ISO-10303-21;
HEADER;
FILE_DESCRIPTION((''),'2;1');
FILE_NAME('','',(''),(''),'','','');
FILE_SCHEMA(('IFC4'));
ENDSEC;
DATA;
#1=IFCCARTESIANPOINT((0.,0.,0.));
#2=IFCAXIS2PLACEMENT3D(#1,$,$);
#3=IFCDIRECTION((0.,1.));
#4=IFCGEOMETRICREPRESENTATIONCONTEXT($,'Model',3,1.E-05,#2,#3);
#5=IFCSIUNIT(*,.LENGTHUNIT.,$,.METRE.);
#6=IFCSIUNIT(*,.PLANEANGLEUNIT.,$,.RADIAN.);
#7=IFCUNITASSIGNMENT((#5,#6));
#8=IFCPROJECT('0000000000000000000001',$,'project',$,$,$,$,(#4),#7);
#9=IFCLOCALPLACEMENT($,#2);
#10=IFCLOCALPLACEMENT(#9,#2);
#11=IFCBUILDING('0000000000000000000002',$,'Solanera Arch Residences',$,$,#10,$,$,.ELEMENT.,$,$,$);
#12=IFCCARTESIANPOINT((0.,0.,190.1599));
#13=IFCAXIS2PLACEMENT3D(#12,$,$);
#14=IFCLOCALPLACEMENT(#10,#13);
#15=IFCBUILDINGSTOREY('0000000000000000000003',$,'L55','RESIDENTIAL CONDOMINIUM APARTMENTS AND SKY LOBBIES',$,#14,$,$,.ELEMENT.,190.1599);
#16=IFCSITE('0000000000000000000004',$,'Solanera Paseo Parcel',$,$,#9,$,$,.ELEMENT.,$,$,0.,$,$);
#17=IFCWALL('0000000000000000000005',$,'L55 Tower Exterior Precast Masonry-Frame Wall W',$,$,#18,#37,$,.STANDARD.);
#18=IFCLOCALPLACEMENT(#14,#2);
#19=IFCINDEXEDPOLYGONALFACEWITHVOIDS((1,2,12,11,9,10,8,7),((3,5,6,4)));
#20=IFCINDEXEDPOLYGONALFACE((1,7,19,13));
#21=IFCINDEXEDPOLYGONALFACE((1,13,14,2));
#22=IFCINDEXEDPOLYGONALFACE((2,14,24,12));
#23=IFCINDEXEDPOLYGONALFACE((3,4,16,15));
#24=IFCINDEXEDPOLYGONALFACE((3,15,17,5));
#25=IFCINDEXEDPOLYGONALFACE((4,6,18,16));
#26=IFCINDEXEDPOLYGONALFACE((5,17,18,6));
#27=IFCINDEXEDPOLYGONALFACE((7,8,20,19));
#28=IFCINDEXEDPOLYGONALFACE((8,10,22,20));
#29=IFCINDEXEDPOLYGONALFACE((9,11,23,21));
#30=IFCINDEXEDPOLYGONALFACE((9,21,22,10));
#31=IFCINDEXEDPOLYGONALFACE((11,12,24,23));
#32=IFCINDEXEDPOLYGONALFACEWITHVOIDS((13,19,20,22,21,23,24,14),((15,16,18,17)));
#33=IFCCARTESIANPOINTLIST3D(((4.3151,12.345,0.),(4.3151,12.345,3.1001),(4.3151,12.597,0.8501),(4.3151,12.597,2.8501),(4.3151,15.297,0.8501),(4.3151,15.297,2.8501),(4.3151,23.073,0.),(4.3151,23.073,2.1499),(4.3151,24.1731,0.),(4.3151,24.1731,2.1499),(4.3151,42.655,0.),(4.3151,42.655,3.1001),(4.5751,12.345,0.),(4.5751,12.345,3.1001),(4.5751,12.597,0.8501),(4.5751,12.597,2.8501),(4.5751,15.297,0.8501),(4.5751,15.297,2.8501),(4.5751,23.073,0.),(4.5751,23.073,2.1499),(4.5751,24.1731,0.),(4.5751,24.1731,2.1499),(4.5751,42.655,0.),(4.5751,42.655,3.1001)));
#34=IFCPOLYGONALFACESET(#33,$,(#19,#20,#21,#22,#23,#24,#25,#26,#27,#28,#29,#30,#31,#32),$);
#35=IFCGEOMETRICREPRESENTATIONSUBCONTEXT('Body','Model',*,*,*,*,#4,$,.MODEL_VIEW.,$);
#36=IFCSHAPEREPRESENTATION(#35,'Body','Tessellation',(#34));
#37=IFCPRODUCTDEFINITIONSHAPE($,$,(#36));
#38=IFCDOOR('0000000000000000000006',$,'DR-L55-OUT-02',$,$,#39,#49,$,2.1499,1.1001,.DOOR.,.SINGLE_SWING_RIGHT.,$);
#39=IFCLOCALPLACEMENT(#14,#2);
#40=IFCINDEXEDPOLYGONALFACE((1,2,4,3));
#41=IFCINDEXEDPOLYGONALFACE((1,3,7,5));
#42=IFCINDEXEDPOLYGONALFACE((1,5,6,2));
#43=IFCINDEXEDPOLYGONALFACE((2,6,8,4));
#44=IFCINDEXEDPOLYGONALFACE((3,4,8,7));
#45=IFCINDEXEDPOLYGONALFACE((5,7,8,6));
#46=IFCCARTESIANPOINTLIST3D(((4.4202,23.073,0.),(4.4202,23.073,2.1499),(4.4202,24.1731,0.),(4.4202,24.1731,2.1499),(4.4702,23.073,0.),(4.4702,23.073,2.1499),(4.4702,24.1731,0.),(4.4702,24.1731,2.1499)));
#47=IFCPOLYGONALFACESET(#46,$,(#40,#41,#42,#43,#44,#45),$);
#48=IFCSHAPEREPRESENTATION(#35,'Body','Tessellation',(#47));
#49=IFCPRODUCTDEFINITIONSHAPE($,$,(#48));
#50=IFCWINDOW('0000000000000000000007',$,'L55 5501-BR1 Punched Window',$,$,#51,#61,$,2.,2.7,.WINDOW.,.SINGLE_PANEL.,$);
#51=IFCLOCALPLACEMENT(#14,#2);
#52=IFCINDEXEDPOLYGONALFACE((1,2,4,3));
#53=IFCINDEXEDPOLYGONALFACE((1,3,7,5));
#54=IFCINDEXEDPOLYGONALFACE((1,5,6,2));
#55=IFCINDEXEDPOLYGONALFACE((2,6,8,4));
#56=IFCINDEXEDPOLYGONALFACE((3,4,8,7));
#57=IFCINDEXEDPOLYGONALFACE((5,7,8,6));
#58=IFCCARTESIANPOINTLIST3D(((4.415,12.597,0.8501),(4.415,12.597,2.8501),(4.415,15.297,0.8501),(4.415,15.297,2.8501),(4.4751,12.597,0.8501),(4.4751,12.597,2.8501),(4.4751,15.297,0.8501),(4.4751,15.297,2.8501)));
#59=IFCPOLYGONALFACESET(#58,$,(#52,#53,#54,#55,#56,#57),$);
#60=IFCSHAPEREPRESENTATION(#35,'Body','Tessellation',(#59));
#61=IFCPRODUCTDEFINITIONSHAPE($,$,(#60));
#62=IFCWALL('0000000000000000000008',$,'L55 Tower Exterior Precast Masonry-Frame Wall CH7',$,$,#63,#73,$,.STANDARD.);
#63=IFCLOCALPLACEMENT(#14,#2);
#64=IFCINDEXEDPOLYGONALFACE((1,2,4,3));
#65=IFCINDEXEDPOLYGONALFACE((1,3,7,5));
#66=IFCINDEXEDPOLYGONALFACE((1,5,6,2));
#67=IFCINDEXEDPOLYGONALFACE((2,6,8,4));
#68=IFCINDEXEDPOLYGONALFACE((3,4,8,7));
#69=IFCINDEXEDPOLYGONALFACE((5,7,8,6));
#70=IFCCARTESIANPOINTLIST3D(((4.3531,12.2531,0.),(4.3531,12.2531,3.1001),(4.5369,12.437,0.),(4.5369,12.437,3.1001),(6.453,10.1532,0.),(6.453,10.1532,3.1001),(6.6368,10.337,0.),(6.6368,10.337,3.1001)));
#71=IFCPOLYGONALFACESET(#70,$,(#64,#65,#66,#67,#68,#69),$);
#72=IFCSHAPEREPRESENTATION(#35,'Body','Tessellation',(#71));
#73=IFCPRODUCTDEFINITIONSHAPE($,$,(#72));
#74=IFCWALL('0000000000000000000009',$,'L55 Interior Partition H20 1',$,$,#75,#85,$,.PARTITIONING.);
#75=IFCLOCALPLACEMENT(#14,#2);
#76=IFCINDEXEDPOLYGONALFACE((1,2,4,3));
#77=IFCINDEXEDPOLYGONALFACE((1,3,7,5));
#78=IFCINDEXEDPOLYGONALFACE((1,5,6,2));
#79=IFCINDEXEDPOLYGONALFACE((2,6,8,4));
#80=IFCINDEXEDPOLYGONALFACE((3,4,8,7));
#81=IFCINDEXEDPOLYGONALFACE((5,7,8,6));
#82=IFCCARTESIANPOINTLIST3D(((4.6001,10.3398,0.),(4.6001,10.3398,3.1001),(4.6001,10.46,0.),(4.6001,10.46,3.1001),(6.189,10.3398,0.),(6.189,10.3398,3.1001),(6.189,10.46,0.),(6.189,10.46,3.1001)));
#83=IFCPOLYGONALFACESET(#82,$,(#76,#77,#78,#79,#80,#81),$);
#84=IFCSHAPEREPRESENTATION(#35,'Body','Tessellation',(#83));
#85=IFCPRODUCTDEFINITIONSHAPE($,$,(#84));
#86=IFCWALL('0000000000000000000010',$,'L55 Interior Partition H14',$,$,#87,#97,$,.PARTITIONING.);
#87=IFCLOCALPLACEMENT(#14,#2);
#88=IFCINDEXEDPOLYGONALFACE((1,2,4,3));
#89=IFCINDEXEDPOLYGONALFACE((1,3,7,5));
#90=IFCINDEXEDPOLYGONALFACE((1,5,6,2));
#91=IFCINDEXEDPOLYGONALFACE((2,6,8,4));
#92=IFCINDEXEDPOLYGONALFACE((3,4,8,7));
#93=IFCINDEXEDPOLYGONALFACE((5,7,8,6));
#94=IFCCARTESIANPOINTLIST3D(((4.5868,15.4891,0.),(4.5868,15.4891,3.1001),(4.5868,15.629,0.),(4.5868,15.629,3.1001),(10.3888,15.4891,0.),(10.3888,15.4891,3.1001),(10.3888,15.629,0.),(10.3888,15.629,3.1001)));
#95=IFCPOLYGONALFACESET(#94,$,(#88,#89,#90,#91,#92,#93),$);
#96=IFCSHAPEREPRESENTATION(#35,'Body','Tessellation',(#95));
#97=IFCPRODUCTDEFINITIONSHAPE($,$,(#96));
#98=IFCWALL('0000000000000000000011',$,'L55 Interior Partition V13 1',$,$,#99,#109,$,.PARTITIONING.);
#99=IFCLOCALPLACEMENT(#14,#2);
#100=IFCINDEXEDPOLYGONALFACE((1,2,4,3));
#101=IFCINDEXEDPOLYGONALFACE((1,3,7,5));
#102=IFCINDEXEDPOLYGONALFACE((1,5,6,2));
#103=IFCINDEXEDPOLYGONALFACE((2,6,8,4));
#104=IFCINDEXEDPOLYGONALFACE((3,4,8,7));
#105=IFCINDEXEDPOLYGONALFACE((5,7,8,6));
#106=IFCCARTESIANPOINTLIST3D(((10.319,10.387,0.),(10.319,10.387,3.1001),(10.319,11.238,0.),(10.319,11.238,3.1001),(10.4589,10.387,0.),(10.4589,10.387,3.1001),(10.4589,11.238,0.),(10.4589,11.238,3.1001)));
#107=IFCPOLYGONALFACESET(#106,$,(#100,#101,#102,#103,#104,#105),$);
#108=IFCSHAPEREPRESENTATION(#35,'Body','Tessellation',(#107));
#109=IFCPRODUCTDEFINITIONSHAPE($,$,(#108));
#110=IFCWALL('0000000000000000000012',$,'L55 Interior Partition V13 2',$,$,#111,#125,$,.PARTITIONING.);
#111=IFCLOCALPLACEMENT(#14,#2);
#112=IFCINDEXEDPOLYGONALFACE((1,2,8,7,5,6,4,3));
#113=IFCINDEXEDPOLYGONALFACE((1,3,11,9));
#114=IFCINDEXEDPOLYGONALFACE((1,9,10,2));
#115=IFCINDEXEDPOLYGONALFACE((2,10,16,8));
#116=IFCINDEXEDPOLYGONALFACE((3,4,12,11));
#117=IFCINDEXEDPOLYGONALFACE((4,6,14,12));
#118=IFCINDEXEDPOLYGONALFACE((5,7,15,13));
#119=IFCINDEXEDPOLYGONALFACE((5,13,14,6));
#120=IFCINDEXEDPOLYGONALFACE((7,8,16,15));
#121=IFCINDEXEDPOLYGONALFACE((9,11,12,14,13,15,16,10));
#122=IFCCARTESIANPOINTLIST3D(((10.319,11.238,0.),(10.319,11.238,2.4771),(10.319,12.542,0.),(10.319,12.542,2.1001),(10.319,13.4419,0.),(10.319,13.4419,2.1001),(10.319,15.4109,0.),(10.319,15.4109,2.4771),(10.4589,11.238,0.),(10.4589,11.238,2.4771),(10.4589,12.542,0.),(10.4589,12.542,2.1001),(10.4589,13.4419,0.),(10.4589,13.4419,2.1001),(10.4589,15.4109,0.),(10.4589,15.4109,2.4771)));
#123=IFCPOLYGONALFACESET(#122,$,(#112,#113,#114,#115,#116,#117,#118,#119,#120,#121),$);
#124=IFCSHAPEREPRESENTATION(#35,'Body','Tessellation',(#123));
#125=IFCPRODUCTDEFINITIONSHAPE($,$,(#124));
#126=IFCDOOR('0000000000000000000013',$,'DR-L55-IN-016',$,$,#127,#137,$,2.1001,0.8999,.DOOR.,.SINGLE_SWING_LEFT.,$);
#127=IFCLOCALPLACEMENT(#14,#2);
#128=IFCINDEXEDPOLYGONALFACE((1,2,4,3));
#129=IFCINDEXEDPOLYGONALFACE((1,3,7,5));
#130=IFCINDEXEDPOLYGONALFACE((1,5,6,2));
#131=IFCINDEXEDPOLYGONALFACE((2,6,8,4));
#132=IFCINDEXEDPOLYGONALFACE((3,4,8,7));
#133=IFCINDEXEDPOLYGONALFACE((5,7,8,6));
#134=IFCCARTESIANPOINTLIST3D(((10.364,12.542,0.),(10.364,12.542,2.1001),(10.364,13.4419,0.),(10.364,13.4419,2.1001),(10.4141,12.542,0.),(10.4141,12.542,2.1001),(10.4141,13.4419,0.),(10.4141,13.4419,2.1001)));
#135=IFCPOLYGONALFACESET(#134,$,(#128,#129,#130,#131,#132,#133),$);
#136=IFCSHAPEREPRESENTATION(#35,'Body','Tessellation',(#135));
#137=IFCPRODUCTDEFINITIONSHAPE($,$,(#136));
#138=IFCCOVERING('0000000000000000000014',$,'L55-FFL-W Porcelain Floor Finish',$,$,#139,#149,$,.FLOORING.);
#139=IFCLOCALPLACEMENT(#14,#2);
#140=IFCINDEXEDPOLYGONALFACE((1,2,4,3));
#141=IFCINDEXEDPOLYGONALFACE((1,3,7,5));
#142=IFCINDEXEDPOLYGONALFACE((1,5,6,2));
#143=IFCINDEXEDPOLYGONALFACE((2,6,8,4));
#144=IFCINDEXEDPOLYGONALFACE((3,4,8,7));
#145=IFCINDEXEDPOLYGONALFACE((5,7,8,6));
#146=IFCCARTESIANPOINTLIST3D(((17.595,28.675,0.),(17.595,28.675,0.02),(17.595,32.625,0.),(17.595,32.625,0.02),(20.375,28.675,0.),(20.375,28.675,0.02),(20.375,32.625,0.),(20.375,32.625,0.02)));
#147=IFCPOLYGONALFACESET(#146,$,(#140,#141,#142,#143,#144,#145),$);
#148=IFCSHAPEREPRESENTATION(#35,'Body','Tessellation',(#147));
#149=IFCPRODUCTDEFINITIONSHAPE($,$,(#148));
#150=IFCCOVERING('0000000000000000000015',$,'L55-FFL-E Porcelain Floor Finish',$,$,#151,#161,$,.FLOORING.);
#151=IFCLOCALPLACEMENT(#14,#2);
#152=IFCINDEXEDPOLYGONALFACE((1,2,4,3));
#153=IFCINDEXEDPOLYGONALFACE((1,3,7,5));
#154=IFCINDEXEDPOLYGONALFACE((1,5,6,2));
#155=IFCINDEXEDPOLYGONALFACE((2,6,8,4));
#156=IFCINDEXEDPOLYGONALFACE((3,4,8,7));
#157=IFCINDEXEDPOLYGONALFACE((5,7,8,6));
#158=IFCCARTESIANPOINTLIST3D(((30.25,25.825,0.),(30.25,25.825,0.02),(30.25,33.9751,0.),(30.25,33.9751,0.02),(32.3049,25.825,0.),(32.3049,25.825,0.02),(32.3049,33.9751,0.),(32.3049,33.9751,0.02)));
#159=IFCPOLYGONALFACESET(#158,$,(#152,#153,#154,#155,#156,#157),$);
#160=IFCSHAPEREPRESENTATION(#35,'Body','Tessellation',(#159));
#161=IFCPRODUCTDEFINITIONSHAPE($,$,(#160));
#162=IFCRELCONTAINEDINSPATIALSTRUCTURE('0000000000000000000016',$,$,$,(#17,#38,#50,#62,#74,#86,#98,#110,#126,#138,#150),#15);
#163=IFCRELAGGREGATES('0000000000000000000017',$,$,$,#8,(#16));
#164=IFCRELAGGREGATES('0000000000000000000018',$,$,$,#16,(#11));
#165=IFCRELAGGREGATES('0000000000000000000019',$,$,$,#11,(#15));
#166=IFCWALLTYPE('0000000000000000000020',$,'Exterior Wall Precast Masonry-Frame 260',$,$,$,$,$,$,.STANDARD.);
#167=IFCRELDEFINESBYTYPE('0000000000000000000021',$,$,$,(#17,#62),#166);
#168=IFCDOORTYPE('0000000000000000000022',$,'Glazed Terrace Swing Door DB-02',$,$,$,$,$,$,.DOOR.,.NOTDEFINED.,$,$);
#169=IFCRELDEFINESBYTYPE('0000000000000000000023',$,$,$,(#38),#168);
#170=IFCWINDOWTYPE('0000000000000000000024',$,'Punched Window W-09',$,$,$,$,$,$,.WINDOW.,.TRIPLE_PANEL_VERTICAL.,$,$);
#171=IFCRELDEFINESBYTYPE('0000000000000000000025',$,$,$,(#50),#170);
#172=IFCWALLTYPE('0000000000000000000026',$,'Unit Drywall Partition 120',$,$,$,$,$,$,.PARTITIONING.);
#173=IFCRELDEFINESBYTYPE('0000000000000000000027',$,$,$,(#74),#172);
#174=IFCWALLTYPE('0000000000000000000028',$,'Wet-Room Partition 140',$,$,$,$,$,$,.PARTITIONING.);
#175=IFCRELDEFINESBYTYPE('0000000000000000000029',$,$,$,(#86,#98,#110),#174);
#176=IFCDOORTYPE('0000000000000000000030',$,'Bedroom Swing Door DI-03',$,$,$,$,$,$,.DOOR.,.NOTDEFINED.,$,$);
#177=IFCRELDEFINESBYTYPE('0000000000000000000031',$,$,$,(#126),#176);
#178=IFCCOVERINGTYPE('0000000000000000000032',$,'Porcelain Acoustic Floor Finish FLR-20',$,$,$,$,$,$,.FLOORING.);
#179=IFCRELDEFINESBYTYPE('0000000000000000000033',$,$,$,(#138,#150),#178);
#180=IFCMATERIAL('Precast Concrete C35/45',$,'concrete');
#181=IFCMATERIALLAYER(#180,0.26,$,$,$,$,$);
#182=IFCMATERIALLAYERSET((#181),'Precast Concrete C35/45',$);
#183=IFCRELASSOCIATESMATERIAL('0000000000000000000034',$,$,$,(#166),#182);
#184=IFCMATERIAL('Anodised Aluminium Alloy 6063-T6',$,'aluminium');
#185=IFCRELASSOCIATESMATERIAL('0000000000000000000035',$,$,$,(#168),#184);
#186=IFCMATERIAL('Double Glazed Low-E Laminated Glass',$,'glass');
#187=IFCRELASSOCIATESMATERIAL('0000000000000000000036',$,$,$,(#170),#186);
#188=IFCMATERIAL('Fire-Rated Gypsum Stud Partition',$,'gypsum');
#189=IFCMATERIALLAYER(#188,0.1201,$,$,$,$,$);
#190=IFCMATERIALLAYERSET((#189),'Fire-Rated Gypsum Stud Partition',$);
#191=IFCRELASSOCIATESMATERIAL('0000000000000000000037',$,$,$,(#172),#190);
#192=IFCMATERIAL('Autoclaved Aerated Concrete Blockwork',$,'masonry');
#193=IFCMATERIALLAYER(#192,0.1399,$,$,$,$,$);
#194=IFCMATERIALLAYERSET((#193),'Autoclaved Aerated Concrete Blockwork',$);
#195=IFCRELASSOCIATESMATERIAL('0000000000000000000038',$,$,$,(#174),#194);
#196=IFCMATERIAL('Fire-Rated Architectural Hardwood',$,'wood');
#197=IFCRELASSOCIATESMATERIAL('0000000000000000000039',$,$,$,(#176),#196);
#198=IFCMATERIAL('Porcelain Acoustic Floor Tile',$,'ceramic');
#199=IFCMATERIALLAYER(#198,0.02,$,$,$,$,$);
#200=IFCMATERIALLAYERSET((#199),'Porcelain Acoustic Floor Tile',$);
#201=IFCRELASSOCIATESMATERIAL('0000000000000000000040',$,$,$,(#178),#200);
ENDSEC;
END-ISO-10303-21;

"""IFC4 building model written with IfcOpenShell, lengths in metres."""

from ifc_helpers import new_model, si_unit, direction, frame, frame_2d, origin, place, context, subcontext, project, spatial, polyline, rectangle, outline, extrude, material, layer, layer_set, type_object, element, fill, save


model = new_model("IFC4")

# Units and contexts
model_context = context("Model", 3, precision=1e-05, world=origin(), true_north=direction((0.0, 1.0)))
body_context = subcontext(model_context, "Body", "Model", "MODEL_VIEW")
ifc_project = project(units=[si_unit("LENGTHUNIT", "METRE"), si_unit("PLANEANGLEUNIT", "RADIAN")], contexts=[model_context])

# Site, building, storey
site_placement = place(None, origin())
site = spatial("IfcSite", under=ifc_project, at=site_placement, Name="Solanera Paseo Parcel", CompositionType="ELEMENT", RefElevation=0.0)
building_placement = place(site_placement, origin())
building = spatial("IfcBuilding", under=site, at=building_placement, Name="Solanera Arch Residences", CompositionType="ELEMENT")
storey_placement = place(building_placement, frame((0.0, 0.0, 190.1599)))
storey = spatial("IfcBuildingStorey", under=building, at=storey_placement, Name="L55", Description="RESIDENTIAL CONDOMINIUM APARTMENTS AND SKY LOBBIES", CompositionType="ELEMENT", Elevation=190.1599)

# Wall, openings, door, window
ifc_material_1 = material(Name="Precast Concrete C35/45", Category="concrete")
ifc_layer_1 = layer(ifc_material_1, 0.26)
ifc_layer_set_1 = layer_set([ifc_layer_1], Name="Precast Concrete C35/45")
wall_type_1 = type_object("IfcWallType", Name="Exterior Wall Precast Masonry-Frame 260", PredefinedType="STANDARD", material=ifc_layer_set_1)
wall_1_placement = place(storey_placement, frame((4.4451, 12.345, 0.0), z_axis=(0.0, 0.0, 1.0), x_axis=(0.0, 1.0, 0.0)))
wall_1 = element("IfcWall", 1, at=wall_1_placement, inside=storey, type_object=wall_type_1, Name="L55 Tower Exterior Precast Masonry-Frame Wall W", PredefinedType="STANDARD", context=body_context, shape_type="SweptSolid", body=[
    extrude(rectangle(XDim=30.3101, YDim=0.26, at=frame_2d((15.155, 0.0))), origin(), (0.0, 0.0, 1.0), 3.1001),
])
opening_1_placement = place(wall_1_placement, frame((10.728, 0.0, 0.0)))
opening_1 = element("IfcOpeningElement", 2, at=opening_1_placement, cuts=wall_1, PredefinedType="OPENING", context=body_context, shape_type="SweptSolid", body=[
    extrude(rectangle(XDim=1.1001, YDim=2.1499, at=frame_2d((0.55, 1.075))), frame((0.0, 0.1399, 0.0), z_axis=(0.0, -1.0, 0.0), x_axis=(1.0, 0.0, 0.0)), (0.0, 0.0, 1.0), 0.28),
])
opening_2_placement = place(wall_1_placement, frame((0.252, 0.0, 0.8501)))
opening_2 = element("IfcOpeningElement", 3, at=opening_2_placement, cuts=wall_1, PredefinedType="OPENING", context=body_context, shape_type="SweptSolid", body=[
    extrude(rectangle(XDim=2.7, YDim=2.0, at=frame_2d((1.3501, 1.0))), frame((0.0, 0.1399, 0.0), z_axis=(0.0, -1.0, 0.0), x_axis=(1.0, 0.0, 0.0)), (0.0, 0.0, 1.0), 0.28),
])
ifc_material_2 = material(Name="Anodised Aluminium Alloy 6063-T6", Category="aluminium")
door_type_1 = type_object("IfcDoorType", Name="Glazed Terrace Swing Door DB-02", OperationType="NOTDEFINED", PredefinedType="DOOR", material=ifc_material_2)
door_1_placement = place(opening_1_placement, origin())
door_1 = element("IfcDoor", 4, at=door_1_placement, inside=storey, type_object=door_type_1, Name="DR-L55-OUT-02", OperationType="SINGLE_SWING_RIGHT", OverallHeight=2.1499, OverallWidth=1.1001, PredefinedType="DOOR", context=body_context, shape_type="SweptSolid", body=[
    extrude(rectangle(XDim=1.1001, YDim=2.1499, at=frame_2d((0.55, 1.075))), frame((0.0, 0.0249, 0.0), z_axis=(0.0, -1.0, 0.0), x_axis=(1.0, 0.0, 0.0)), (0.0, 0.0, 1.0), 0.05),
])
fill(opening_1, door_1)
ifc_material_3 = material(Name="Double Glazed Low-E Laminated Glass", Category="glass")
window_type = type_object("IfcWindowType", Name="Punched Window W-09", PartitioningType="TRIPLE_PANEL_VERTICAL", PredefinedType="WINDOW", material=ifc_material_3)
window_placement = place(opening_2_placement, origin())
window = element("IfcWindow", 5, at=window_placement, inside=storey, type_object=window_type, Name="L55 5501-BR1 Punched Window", OverallHeight=2.0, OverallWidth=2.7, PartitioningType="SINGLE_PANEL", PredefinedType="WINDOW", context=body_context, shape_type="SweptSolid", body=[
    extrude(rectangle(XDim=2.7, YDim=2.0, at=frame_2d((1.3501, 1.0))), frame((0.0, 0.03, 0.0), z_axis=(0.0, -1.0, 0.0), x_axis=(1.0, 0.0, 0.0)), (0.0, 0.0, 1.0), 0.0601),
])
fill(opening_2, window)

# Walls
wall_2_placement = place(storey_placement, frame((6.5449, 10.2451, 0.0), z_axis=(0.0, 0.0, 1.0), x_axis=(-0.707107, 0.707107, 0.0)))
element("IfcWall", 6, at=wall_2_placement, inside=storey, type_object=wall_type_1, Name="L55 Tower Exterior Precast Masonry-Frame Wall CH7", PredefinedType="STANDARD", context=body_context, shape_type="SweptSolid", body=[
    extrude(rectangle(XDim=2.9697, YDim=0.26, at=frame_2d((1.4849, 0.0))), origin(), (0.0, 0.0, 1.0), 3.1001),
])
ifc_material_4 = material(Name="Fire-Rated Gypsum Stud Partition", Category="gypsum")
ifc_layer_2 = layer(ifc_material_4, 0.1201)
ifc_layer_set_2 = layer_set([ifc_layer_2], Name="Fire-Rated Gypsum Stud Partition")
wall_type_2 = type_object("IfcWallType", Name="Unit Drywall Partition 120", PredefinedType="PARTITIONING", material=ifc_layer_set_2)
wall_3_placement = place(storey_placement, frame((4.6001, 10.3999, 0.0), z_axis=(0.0, 0.0, 1.0), x_axis=(1.0, 0.0, 0.0)))
element("IfcWall", 7, at=wall_3_placement, inside=storey, type_object=wall_type_2, Name="L55 Interior Partition H20 1", PredefinedType="PARTITIONING", context=body_context, shape_type="SweptSolid", body=[
    extrude(rectangle(XDim=1.5889, YDim=0.1201, at=frame_2d((0.7944, 0.0))), origin(), (0.0, 0.0, 1.0), 3.1001),
])
ifc_material_5 = material(Name="Autoclaved Aerated Concrete Blockwork", Category="masonry")
ifc_layer_3 = layer(ifc_material_5, 0.1399)
ifc_layer_set_3 = layer_set([ifc_layer_3], Name="Autoclaved Aerated Concrete Blockwork")
wall_type_3 = type_object("IfcWallType", Name="Wet-Room Partition 140", PredefinedType="PARTITIONING", material=ifc_layer_set_3)
wall_4_placement = place(storey_placement, frame((4.5869, 15.5591, 0.0), z_axis=(0.0, 0.0, 1.0), x_axis=(1.0, 0.0, 0.0)))
element("IfcWall", 8, at=wall_4_placement, inside=storey, type_object=wall_type_3, Name="L55 Interior Partition H14", PredefinedType="PARTITIONING", context=body_context, shape_type="SweptSolid", body=[
    extrude(rectangle(XDim=5.802, YDim=0.1399, at=frame_2d((2.9009, 0.0))), origin(), (0.0, 0.0, 1.0), 3.1001),
])
wall_5_placement = place(storey_placement, frame((10.3889, 10.387, 0.0), z_axis=(0.0, 0.0, 1.0), x_axis=(0.0, 1.0, 0.0)))
element("IfcWall", 9, at=wall_5_placement, inside=storey, type_object=wall_type_3, Name="L55 Interior Partition V13 1", PredefinedType="PARTITIONING", context=body_context, shape_type="SweptSolid", body=[
    extrude(rectangle(XDim=0.8511, YDim=0.1399, at=frame_2d((0.4255, 0.0))), origin(), (0.0, 0.0, 1.0), 3.1001),
])

# Wall, opening, door
wall_6_placement = place(storey_placement, frame((10.3889, 11.238, 0.0), z_axis=(0.0, 0.0, 1.0), x_axis=(0.0, 1.0, 0.0)))
wall_6 = element("IfcWall", 10, at=wall_6_placement, inside=storey, type_object=wall_type_3, Name="L55 Interior Partition V13 2", PredefinedType="PARTITIONING", context=body_context, shape_type="SweptSolid", body=[
    extrude(rectangle(XDim=4.1729, YDim=0.1399, at=frame_2d((2.0864, 0.0))), origin(), (0.0, 0.0, 1.0), 2.4771),
])
opening_3_placement = place(wall_6_placement, frame((1.304, 0.0, 0.0)))
opening_3 = element("IfcOpeningElement", 11, at=opening_3_placement, cuts=wall_6, PredefinedType="OPENING", context=body_context, shape_type="SweptSolid", body=[
    extrude(rectangle(XDim=0.8999, YDim=2.1001, at=frame_2d((0.45, 1.05))), frame((0.0, 0.0798, 0.0), z_axis=(0.0, -1.0, 0.0), x_axis=(1.0, 0.0, 0.0)), (0.0, 0.0, 1.0), 0.1599),
])
ifc_material_6 = material(Name="Fire-Rated Architectural Hardwood", Category="wood")
door_type_2 = type_object("IfcDoorType", Name="Bedroom Swing Door DI-03", OperationType="NOTDEFINED", PredefinedType="DOOR", material=ifc_material_6)
door_2_placement = place(opening_3_placement, origin())
door_2 = element("IfcDoor", 12, at=door_2_placement, inside=storey, type_object=door_type_2, Name="DR-L55-IN-016", OperationType="SINGLE_SWING_LEFT", OverallHeight=2.1001, OverallWidth=0.8999, PredefinedType="DOOR", context=body_context, shape_type="SweptSolid", body=[
    extrude(rectangle(XDim=0.8999, YDim=2.1001, at=frame_2d((0.45, 1.05))), frame((0.0, 0.0249, 0.0), z_axis=(0.0, -1.0, 0.0), x_axis=(1.0, 0.0, 0.0)), (0.0, 0.0, 1.0), 0.05),
])
fill(opening_3, door_2)

# Coverings
ifc_material_7 = material(Name="Porcelain Acoustic Floor Tile", Category="ceramic")
ifc_layer_4 = layer(ifc_material_7, 0.02)
ifc_layer_set_4 = layer_set([ifc_layer_4], Name="Porcelain Acoustic Floor Tile")
covering_type_1 = type_object("IfcCoveringType", Name="Porcelain Acoustic Floor Finish FLR-20", PredefinedType="FLOORING", material=ifc_layer_set_4)
covering_1_placement = place(storey_placement, origin())
element("IfcCovering", 13, at=covering_1_placement, inside=storey, type_object=covering_type_1, Name="L55-FFL-W Porcelain Floor Finish", PredefinedType="FLOORING", context=body_context, shape_type="SweptSolid", body=[
    extrude(outline(polyline([(20.375, 28.675), (17.595, 28.675), (17.595, 32.625), (20.375, 32.625), (20.375, 28.675)])), origin(), (0.0, 0.0, 1.0), 0.02),
])
covering_2_placement = place(storey_placement, origin())
element("IfcCovering", 14, at=covering_2_placement, inside=storey, type_object=covering_type_1, Name="L55-FFL-E Porcelain Floor Finish", PredefinedType="FLOORING", context=body_context, shape_type="SweptSolid", body=[
    extrude(outline(polyline([(32.3049, 25.825), (30.25, 25.825), (30.25, 33.9751), (32.3049, 33.9751), (32.3049, 25.825)])), origin(), (0.0, 0.0, 1.0), 0.02),
])

save(model, "model.ifc")
